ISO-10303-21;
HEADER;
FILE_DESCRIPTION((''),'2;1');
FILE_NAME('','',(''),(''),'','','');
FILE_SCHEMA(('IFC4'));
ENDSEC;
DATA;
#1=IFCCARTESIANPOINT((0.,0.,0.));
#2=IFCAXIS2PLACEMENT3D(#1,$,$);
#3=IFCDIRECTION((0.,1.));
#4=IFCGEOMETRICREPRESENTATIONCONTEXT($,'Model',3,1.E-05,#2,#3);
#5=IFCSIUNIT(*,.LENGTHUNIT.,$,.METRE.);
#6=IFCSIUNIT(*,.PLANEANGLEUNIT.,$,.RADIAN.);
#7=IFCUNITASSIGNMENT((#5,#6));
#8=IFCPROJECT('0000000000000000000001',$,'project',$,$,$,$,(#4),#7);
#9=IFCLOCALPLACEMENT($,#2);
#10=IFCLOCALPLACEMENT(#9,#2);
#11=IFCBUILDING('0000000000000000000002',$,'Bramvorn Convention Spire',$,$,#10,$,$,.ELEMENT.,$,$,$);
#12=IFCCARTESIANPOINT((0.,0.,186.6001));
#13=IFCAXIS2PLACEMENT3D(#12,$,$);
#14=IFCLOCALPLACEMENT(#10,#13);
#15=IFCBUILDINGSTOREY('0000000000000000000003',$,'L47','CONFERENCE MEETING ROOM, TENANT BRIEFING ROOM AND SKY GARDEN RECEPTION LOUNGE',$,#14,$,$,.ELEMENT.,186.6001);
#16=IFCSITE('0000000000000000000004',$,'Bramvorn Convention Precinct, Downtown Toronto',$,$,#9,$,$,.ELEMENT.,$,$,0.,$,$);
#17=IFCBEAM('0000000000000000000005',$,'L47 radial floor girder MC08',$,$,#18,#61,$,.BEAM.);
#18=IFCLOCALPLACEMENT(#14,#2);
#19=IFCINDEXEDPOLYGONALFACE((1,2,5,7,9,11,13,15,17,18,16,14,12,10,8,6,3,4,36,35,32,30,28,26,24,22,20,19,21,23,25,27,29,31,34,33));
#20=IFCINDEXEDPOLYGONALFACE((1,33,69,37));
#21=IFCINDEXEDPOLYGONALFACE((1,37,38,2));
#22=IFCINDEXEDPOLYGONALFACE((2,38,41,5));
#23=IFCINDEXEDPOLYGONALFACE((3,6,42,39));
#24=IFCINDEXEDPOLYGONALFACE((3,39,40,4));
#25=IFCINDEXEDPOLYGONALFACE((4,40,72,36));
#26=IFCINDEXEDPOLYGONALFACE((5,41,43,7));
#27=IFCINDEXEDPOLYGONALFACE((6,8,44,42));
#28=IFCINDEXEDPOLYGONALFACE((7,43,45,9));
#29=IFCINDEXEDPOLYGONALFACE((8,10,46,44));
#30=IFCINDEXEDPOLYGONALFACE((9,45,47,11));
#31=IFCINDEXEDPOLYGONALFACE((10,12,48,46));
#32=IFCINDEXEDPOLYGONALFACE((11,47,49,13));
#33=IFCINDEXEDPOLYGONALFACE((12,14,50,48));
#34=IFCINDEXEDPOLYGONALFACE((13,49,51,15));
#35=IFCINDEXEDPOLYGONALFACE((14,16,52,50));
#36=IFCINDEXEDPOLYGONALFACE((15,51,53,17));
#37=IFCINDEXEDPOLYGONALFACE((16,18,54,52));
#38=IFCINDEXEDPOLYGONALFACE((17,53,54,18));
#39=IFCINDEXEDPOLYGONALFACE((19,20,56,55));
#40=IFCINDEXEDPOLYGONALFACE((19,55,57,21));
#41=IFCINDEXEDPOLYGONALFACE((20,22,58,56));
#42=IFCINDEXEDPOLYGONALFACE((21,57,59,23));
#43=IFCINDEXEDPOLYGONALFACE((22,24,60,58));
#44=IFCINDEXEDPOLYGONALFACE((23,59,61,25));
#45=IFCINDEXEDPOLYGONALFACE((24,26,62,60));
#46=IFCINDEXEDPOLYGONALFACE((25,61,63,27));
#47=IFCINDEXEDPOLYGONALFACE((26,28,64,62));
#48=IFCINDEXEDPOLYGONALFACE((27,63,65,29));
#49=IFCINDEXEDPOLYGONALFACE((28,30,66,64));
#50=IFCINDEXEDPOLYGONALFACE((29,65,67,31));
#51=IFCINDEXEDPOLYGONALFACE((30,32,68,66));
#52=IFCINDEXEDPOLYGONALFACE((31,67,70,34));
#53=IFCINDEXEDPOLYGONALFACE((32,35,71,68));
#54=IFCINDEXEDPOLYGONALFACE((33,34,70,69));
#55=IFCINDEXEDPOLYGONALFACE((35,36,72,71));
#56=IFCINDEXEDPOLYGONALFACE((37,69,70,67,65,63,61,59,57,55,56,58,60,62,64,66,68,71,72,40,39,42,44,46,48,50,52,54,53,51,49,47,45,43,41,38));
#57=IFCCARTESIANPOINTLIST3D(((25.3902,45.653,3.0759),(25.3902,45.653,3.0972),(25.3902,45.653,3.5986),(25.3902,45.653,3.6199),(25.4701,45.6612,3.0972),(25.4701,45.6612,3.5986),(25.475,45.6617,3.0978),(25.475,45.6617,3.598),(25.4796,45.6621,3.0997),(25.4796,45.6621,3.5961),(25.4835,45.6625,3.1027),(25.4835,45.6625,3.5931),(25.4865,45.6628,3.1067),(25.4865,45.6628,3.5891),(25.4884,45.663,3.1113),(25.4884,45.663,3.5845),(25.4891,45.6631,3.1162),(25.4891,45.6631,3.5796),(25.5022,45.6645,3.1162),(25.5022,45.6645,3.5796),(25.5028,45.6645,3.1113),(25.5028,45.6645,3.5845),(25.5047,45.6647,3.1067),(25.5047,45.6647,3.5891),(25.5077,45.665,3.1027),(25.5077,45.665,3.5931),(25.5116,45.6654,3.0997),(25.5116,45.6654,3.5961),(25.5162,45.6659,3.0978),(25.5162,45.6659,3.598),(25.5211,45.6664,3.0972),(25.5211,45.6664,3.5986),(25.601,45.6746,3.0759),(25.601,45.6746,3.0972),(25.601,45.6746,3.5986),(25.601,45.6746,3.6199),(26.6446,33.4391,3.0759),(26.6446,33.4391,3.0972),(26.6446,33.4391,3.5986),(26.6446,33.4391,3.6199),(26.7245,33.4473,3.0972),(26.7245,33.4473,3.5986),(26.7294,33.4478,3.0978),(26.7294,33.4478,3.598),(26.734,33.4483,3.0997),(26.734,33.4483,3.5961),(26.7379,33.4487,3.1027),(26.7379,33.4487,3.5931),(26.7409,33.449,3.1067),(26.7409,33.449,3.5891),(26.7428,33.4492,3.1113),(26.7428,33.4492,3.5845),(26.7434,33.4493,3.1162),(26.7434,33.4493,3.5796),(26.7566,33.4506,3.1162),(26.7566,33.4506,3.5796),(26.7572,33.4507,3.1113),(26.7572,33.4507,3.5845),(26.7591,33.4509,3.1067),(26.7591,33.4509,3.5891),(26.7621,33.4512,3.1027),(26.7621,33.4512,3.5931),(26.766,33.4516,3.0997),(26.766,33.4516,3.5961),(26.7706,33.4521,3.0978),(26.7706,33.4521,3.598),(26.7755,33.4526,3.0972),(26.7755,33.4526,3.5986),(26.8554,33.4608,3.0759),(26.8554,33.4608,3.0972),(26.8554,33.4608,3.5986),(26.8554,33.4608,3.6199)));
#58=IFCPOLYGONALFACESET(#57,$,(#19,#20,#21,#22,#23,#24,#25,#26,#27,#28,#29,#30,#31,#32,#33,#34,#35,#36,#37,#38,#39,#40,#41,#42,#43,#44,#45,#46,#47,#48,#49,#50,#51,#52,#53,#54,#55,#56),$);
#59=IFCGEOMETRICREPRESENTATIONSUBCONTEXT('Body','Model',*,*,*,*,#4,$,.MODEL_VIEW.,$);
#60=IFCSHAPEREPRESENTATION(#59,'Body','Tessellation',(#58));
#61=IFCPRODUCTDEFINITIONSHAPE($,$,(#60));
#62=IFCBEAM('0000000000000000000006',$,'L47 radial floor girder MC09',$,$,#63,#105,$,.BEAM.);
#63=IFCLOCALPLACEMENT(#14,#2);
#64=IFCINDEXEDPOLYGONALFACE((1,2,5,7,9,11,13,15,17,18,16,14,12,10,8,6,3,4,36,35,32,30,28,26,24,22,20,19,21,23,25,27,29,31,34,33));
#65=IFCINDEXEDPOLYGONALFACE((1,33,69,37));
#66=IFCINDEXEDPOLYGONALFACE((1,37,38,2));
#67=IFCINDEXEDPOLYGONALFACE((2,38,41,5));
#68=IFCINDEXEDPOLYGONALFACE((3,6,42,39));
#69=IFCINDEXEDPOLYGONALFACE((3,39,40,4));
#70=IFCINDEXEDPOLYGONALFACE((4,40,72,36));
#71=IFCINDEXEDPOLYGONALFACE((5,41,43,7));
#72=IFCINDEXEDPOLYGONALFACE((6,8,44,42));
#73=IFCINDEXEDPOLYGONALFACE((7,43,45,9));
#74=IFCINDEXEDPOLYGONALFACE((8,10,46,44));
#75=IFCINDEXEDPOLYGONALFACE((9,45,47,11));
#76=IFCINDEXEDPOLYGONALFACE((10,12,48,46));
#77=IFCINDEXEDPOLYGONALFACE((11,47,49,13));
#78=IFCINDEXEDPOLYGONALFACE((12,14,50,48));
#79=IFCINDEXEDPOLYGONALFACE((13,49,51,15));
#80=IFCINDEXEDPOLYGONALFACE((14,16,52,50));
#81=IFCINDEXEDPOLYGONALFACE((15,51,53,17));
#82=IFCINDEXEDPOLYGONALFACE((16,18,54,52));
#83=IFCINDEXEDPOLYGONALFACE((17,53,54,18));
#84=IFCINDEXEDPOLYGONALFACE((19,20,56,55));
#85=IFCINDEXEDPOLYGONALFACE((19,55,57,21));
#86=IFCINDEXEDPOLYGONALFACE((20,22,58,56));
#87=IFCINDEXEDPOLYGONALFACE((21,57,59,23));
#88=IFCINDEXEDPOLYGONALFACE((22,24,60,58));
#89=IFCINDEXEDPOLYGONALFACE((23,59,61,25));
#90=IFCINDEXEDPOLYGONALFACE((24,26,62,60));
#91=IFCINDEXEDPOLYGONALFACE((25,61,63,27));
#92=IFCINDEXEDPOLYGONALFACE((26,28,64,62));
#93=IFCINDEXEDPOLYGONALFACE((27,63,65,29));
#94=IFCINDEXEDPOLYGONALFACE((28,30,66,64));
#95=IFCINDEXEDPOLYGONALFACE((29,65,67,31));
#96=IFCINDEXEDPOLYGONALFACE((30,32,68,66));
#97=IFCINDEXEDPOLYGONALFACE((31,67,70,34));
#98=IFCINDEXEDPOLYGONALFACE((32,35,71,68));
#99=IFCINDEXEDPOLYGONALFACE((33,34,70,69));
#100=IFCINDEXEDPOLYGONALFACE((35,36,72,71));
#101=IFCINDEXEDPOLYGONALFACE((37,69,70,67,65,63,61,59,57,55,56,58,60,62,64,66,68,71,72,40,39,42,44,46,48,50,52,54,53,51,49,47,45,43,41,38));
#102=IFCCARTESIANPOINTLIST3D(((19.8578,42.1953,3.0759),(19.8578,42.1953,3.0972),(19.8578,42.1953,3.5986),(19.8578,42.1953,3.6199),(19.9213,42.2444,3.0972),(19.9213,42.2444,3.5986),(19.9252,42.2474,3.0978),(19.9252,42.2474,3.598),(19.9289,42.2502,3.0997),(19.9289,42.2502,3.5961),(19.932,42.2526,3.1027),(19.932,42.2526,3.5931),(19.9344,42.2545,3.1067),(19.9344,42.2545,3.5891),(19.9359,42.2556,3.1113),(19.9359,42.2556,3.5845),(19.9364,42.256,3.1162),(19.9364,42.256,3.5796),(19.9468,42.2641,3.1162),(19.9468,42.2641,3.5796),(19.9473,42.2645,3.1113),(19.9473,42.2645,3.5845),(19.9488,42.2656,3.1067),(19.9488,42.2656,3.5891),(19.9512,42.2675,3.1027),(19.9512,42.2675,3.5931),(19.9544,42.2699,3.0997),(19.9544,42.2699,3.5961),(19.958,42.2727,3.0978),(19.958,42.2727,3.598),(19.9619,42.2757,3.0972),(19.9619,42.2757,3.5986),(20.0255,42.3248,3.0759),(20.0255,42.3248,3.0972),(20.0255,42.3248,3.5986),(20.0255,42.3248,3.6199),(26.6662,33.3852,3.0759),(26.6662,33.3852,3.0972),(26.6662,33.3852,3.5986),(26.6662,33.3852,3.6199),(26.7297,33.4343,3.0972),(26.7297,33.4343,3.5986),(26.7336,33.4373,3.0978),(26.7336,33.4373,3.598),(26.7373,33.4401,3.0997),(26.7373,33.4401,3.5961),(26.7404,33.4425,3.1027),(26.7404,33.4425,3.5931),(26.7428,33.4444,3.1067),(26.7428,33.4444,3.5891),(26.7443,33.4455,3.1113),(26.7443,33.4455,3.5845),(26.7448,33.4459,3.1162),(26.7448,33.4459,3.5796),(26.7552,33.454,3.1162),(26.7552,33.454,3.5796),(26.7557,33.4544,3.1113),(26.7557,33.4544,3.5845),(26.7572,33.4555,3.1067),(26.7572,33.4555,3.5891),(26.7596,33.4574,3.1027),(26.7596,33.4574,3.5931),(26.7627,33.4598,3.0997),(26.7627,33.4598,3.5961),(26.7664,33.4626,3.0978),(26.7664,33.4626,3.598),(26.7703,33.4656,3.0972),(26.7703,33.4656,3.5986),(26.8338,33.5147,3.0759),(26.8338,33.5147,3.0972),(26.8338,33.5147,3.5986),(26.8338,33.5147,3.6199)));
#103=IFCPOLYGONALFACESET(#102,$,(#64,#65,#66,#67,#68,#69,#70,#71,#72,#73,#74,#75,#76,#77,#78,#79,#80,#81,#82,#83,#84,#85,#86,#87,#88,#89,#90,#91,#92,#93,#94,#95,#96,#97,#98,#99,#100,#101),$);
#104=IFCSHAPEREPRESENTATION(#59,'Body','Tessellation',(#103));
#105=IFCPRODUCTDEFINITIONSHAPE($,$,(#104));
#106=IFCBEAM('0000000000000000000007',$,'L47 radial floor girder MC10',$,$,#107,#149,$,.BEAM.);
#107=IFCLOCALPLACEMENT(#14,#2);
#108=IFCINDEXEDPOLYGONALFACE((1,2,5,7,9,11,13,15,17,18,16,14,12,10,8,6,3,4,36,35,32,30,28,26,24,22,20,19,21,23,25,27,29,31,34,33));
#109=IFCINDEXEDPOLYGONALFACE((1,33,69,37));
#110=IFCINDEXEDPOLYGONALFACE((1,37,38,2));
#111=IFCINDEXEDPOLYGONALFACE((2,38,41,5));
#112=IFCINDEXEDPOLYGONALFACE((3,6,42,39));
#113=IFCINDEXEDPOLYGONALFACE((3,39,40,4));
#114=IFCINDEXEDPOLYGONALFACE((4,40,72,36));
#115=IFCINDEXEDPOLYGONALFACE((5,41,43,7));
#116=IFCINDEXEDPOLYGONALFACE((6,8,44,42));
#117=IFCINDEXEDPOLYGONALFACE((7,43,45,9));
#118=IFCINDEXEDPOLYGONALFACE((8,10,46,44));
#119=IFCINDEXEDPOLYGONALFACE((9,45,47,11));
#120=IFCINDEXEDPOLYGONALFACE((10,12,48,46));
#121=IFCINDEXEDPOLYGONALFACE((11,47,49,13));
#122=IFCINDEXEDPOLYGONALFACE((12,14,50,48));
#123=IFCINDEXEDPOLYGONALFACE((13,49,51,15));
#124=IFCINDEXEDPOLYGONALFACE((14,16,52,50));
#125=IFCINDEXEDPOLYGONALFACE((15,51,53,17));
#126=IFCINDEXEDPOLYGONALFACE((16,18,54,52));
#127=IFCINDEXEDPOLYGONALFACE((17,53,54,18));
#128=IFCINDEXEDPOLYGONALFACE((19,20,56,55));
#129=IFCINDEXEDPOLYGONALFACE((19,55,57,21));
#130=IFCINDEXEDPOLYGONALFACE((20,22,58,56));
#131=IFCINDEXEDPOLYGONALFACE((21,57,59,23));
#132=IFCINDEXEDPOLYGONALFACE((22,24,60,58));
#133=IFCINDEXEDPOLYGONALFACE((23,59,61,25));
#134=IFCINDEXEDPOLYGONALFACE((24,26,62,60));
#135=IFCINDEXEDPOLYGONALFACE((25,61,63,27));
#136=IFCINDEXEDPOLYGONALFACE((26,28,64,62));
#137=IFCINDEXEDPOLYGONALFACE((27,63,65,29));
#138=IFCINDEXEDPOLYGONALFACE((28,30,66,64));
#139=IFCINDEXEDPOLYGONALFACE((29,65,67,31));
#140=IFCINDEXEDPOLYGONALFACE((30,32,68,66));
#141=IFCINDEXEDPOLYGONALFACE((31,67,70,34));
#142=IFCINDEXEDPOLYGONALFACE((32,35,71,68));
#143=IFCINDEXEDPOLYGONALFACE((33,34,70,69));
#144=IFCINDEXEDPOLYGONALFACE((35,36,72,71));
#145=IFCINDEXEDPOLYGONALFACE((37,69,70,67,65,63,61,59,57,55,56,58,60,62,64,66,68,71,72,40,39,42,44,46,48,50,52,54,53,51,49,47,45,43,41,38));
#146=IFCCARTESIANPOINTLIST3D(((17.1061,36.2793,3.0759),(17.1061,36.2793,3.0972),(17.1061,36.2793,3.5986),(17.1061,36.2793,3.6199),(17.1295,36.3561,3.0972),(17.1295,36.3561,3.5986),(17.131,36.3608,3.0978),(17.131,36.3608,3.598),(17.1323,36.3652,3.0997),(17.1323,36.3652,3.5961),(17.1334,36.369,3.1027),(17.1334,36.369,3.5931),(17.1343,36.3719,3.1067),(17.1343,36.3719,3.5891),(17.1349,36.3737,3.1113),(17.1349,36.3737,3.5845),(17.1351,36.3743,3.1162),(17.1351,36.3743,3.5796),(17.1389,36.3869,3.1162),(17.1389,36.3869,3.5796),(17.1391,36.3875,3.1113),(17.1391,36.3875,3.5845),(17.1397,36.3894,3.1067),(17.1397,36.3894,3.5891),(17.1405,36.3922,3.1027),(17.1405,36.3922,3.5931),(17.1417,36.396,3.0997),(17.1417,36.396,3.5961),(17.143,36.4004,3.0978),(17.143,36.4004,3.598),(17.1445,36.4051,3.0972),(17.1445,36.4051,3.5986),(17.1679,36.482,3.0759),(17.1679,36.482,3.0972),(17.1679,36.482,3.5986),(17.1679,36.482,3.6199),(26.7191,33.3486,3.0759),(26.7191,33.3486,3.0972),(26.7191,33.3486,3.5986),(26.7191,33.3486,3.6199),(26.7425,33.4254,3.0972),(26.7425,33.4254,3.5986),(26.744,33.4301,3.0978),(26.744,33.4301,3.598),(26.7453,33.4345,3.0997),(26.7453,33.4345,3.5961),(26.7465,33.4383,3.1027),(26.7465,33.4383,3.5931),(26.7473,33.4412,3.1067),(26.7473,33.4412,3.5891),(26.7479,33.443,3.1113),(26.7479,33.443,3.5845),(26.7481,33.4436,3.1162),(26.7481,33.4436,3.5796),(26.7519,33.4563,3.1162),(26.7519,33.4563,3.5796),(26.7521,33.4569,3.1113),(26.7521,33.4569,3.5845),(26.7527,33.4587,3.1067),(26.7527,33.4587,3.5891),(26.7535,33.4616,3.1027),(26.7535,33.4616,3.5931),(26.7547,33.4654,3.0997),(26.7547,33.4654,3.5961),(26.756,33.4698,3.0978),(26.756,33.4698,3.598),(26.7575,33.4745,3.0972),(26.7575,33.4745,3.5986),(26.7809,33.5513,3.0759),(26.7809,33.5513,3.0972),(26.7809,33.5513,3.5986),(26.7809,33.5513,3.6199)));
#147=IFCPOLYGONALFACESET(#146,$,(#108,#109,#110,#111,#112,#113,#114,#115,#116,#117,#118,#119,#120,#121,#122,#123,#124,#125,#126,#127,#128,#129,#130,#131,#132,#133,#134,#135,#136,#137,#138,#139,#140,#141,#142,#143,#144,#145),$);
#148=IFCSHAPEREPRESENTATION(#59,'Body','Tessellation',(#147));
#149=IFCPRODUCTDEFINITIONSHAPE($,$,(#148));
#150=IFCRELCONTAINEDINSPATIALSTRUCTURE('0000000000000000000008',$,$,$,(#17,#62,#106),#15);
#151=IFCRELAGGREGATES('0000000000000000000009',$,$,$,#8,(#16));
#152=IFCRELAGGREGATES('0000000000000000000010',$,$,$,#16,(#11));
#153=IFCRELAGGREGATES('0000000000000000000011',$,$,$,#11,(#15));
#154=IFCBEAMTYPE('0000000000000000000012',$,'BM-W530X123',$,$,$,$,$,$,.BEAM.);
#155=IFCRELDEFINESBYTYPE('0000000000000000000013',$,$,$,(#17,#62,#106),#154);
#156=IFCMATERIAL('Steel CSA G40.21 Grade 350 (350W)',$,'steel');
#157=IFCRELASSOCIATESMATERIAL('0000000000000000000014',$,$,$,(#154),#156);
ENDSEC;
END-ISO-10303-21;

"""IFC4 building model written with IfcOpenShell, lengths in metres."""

from ifc_helpers import new_model, si_unit, direction, frame, origin, origin_2d, place, context, subcontext, project, spatial, i_section, extrude, material, material_profile, profile_set, type_object, element, save


model = new_model("IFC4")

# Units and contexts
model_context = context("Model", 3, precision=1e-05, world=origin(), true_north=direction((0.0, 1.0)))
body_context = subcontext(model_context, "Body", "Model", "MODEL_VIEW")
ifc_project = project(units=[si_unit("LENGTHUNIT", "METRE"), si_unit("PLANEANGLEUNIT", "RADIAN")], contexts=[model_context])

# Site, building, storey
site_placement = place(None, origin())
site = spatial("IfcSite", under=ifc_project, at=site_placement, Name="Bramvorn Convention Precinct, Downtown Toronto", CompositionType="ELEMENT", RefElevation=0.0)
building_placement = place(site_placement, origin())
building = spatial("IfcBuilding", under=site, at=building_placement, Name="Bramvorn Convention Spire", CompositionType="ELEMENT")
storey_placement = place(building_placement, frame((0.0, 0.0, 186.6001)))
storey = spatial("IfcBuildingStorey", under=building, at=storey_placement, Name="L47", Description="CONFERENCE MEETING ROOM, TENANT BRIEFING ROOM AND SKY GARDEN RECEPTION LOUNGE", CompositionType="ELEMENT", Elevation=186.6001)

# Shared definitions
ifc_material_1 = material(Name="Steel CSA G40.21 Grade 350 (350W)", Category="steel")

# Beams
ifc_material_profile_1 = material_profile(ifc_material_1, i_section(OverallWidth=0.2119, OverallDepth=0.5439, WebThickness=0.0132, FlangeThickness=0.0212, FilletRadius=0.019, at=origin_2d()))
ifc_profile_set_1 = profile_set([ifc_material_profile_1], Name="Steel CSA G40.21 Grade 350 (350W) - W530X123")
beam_type_1 = type_object("IfcBeamType", Name="BM-W530X123", PredefinedType="BEAM", material=ifc_profile_set_1)
beam_1_placement = place(storey_placement, frame((26.75, 33.45, 3.3479), z_axis=(-0.102165, 0.994767, 0.0), x_axis=(-0.994767, -0.102165, 0.0)))
element("IfcBeam", 1, at=beam_1_placement, inside=storey, type_object=beam_type_1, Name="L47 radial floor girder MC08", PredefinedType="BEAM", context=body_context, shape_type="SweptSolid", body=[
    extrude(i_section(OverallWidth=0.2119, OverallDepth=0.5439, WebThickness=0.0132, FlangeThickness=0.0212, FilletRadius=0.019, at=origin_2d()), origin(), (0.0, 0.0, 1.0), 12.2781),
])
beam_2_placement = place(storey_placement, frame((26.75, 33.45, 3.3479), z_axis=(-0.61148, 0.79126, 0.0), x_axis=(-0.79126, -0.61148, 0.0)))
element("IfcBeam", 2, at=beam_2_placement, inside=storey, type_object=beam_type_1, Name="L47 radial floor girder MC09", PredefinedType="BEAM", context=body_context, shape_type="SweptSolid", body=[
    extrude(i_section(OverallWidth=0.2119, OverallDepth=0.5439, WebThickness=0.0132, FlangeThickness=0.0212, FilletRadius=0.019, at=origin_2d()), origin(), (0.0, 0.0, 1.0), 11.1343),
])
beam_3_placement = place(storey_placement, frame((26.75, 33.45, 3.3479), z_axis=(-0.956536, 0.291613, 0.0), x_axis=(-0.291613, -0.956536, 0.0)))
element("IfcBeam", 3, at=beam_3_placement, inside=storey, type_object=beam_type_1, Name="L47 radial floor girder MC10", PredefinedType="BEAM", context=body_context, shape_type="SweptSolid", body=[
    extrude(i_section(OverallWidth=0.2119, OverallDepth=0.5439, WebThickness=0.0132, FlangeThickness=0.0212, FilletRadius=0.019, at=origin_2d()), origin(), (0.0, 0.0, 1.0), 10.0498),
])

save(model, "model.ifc")
